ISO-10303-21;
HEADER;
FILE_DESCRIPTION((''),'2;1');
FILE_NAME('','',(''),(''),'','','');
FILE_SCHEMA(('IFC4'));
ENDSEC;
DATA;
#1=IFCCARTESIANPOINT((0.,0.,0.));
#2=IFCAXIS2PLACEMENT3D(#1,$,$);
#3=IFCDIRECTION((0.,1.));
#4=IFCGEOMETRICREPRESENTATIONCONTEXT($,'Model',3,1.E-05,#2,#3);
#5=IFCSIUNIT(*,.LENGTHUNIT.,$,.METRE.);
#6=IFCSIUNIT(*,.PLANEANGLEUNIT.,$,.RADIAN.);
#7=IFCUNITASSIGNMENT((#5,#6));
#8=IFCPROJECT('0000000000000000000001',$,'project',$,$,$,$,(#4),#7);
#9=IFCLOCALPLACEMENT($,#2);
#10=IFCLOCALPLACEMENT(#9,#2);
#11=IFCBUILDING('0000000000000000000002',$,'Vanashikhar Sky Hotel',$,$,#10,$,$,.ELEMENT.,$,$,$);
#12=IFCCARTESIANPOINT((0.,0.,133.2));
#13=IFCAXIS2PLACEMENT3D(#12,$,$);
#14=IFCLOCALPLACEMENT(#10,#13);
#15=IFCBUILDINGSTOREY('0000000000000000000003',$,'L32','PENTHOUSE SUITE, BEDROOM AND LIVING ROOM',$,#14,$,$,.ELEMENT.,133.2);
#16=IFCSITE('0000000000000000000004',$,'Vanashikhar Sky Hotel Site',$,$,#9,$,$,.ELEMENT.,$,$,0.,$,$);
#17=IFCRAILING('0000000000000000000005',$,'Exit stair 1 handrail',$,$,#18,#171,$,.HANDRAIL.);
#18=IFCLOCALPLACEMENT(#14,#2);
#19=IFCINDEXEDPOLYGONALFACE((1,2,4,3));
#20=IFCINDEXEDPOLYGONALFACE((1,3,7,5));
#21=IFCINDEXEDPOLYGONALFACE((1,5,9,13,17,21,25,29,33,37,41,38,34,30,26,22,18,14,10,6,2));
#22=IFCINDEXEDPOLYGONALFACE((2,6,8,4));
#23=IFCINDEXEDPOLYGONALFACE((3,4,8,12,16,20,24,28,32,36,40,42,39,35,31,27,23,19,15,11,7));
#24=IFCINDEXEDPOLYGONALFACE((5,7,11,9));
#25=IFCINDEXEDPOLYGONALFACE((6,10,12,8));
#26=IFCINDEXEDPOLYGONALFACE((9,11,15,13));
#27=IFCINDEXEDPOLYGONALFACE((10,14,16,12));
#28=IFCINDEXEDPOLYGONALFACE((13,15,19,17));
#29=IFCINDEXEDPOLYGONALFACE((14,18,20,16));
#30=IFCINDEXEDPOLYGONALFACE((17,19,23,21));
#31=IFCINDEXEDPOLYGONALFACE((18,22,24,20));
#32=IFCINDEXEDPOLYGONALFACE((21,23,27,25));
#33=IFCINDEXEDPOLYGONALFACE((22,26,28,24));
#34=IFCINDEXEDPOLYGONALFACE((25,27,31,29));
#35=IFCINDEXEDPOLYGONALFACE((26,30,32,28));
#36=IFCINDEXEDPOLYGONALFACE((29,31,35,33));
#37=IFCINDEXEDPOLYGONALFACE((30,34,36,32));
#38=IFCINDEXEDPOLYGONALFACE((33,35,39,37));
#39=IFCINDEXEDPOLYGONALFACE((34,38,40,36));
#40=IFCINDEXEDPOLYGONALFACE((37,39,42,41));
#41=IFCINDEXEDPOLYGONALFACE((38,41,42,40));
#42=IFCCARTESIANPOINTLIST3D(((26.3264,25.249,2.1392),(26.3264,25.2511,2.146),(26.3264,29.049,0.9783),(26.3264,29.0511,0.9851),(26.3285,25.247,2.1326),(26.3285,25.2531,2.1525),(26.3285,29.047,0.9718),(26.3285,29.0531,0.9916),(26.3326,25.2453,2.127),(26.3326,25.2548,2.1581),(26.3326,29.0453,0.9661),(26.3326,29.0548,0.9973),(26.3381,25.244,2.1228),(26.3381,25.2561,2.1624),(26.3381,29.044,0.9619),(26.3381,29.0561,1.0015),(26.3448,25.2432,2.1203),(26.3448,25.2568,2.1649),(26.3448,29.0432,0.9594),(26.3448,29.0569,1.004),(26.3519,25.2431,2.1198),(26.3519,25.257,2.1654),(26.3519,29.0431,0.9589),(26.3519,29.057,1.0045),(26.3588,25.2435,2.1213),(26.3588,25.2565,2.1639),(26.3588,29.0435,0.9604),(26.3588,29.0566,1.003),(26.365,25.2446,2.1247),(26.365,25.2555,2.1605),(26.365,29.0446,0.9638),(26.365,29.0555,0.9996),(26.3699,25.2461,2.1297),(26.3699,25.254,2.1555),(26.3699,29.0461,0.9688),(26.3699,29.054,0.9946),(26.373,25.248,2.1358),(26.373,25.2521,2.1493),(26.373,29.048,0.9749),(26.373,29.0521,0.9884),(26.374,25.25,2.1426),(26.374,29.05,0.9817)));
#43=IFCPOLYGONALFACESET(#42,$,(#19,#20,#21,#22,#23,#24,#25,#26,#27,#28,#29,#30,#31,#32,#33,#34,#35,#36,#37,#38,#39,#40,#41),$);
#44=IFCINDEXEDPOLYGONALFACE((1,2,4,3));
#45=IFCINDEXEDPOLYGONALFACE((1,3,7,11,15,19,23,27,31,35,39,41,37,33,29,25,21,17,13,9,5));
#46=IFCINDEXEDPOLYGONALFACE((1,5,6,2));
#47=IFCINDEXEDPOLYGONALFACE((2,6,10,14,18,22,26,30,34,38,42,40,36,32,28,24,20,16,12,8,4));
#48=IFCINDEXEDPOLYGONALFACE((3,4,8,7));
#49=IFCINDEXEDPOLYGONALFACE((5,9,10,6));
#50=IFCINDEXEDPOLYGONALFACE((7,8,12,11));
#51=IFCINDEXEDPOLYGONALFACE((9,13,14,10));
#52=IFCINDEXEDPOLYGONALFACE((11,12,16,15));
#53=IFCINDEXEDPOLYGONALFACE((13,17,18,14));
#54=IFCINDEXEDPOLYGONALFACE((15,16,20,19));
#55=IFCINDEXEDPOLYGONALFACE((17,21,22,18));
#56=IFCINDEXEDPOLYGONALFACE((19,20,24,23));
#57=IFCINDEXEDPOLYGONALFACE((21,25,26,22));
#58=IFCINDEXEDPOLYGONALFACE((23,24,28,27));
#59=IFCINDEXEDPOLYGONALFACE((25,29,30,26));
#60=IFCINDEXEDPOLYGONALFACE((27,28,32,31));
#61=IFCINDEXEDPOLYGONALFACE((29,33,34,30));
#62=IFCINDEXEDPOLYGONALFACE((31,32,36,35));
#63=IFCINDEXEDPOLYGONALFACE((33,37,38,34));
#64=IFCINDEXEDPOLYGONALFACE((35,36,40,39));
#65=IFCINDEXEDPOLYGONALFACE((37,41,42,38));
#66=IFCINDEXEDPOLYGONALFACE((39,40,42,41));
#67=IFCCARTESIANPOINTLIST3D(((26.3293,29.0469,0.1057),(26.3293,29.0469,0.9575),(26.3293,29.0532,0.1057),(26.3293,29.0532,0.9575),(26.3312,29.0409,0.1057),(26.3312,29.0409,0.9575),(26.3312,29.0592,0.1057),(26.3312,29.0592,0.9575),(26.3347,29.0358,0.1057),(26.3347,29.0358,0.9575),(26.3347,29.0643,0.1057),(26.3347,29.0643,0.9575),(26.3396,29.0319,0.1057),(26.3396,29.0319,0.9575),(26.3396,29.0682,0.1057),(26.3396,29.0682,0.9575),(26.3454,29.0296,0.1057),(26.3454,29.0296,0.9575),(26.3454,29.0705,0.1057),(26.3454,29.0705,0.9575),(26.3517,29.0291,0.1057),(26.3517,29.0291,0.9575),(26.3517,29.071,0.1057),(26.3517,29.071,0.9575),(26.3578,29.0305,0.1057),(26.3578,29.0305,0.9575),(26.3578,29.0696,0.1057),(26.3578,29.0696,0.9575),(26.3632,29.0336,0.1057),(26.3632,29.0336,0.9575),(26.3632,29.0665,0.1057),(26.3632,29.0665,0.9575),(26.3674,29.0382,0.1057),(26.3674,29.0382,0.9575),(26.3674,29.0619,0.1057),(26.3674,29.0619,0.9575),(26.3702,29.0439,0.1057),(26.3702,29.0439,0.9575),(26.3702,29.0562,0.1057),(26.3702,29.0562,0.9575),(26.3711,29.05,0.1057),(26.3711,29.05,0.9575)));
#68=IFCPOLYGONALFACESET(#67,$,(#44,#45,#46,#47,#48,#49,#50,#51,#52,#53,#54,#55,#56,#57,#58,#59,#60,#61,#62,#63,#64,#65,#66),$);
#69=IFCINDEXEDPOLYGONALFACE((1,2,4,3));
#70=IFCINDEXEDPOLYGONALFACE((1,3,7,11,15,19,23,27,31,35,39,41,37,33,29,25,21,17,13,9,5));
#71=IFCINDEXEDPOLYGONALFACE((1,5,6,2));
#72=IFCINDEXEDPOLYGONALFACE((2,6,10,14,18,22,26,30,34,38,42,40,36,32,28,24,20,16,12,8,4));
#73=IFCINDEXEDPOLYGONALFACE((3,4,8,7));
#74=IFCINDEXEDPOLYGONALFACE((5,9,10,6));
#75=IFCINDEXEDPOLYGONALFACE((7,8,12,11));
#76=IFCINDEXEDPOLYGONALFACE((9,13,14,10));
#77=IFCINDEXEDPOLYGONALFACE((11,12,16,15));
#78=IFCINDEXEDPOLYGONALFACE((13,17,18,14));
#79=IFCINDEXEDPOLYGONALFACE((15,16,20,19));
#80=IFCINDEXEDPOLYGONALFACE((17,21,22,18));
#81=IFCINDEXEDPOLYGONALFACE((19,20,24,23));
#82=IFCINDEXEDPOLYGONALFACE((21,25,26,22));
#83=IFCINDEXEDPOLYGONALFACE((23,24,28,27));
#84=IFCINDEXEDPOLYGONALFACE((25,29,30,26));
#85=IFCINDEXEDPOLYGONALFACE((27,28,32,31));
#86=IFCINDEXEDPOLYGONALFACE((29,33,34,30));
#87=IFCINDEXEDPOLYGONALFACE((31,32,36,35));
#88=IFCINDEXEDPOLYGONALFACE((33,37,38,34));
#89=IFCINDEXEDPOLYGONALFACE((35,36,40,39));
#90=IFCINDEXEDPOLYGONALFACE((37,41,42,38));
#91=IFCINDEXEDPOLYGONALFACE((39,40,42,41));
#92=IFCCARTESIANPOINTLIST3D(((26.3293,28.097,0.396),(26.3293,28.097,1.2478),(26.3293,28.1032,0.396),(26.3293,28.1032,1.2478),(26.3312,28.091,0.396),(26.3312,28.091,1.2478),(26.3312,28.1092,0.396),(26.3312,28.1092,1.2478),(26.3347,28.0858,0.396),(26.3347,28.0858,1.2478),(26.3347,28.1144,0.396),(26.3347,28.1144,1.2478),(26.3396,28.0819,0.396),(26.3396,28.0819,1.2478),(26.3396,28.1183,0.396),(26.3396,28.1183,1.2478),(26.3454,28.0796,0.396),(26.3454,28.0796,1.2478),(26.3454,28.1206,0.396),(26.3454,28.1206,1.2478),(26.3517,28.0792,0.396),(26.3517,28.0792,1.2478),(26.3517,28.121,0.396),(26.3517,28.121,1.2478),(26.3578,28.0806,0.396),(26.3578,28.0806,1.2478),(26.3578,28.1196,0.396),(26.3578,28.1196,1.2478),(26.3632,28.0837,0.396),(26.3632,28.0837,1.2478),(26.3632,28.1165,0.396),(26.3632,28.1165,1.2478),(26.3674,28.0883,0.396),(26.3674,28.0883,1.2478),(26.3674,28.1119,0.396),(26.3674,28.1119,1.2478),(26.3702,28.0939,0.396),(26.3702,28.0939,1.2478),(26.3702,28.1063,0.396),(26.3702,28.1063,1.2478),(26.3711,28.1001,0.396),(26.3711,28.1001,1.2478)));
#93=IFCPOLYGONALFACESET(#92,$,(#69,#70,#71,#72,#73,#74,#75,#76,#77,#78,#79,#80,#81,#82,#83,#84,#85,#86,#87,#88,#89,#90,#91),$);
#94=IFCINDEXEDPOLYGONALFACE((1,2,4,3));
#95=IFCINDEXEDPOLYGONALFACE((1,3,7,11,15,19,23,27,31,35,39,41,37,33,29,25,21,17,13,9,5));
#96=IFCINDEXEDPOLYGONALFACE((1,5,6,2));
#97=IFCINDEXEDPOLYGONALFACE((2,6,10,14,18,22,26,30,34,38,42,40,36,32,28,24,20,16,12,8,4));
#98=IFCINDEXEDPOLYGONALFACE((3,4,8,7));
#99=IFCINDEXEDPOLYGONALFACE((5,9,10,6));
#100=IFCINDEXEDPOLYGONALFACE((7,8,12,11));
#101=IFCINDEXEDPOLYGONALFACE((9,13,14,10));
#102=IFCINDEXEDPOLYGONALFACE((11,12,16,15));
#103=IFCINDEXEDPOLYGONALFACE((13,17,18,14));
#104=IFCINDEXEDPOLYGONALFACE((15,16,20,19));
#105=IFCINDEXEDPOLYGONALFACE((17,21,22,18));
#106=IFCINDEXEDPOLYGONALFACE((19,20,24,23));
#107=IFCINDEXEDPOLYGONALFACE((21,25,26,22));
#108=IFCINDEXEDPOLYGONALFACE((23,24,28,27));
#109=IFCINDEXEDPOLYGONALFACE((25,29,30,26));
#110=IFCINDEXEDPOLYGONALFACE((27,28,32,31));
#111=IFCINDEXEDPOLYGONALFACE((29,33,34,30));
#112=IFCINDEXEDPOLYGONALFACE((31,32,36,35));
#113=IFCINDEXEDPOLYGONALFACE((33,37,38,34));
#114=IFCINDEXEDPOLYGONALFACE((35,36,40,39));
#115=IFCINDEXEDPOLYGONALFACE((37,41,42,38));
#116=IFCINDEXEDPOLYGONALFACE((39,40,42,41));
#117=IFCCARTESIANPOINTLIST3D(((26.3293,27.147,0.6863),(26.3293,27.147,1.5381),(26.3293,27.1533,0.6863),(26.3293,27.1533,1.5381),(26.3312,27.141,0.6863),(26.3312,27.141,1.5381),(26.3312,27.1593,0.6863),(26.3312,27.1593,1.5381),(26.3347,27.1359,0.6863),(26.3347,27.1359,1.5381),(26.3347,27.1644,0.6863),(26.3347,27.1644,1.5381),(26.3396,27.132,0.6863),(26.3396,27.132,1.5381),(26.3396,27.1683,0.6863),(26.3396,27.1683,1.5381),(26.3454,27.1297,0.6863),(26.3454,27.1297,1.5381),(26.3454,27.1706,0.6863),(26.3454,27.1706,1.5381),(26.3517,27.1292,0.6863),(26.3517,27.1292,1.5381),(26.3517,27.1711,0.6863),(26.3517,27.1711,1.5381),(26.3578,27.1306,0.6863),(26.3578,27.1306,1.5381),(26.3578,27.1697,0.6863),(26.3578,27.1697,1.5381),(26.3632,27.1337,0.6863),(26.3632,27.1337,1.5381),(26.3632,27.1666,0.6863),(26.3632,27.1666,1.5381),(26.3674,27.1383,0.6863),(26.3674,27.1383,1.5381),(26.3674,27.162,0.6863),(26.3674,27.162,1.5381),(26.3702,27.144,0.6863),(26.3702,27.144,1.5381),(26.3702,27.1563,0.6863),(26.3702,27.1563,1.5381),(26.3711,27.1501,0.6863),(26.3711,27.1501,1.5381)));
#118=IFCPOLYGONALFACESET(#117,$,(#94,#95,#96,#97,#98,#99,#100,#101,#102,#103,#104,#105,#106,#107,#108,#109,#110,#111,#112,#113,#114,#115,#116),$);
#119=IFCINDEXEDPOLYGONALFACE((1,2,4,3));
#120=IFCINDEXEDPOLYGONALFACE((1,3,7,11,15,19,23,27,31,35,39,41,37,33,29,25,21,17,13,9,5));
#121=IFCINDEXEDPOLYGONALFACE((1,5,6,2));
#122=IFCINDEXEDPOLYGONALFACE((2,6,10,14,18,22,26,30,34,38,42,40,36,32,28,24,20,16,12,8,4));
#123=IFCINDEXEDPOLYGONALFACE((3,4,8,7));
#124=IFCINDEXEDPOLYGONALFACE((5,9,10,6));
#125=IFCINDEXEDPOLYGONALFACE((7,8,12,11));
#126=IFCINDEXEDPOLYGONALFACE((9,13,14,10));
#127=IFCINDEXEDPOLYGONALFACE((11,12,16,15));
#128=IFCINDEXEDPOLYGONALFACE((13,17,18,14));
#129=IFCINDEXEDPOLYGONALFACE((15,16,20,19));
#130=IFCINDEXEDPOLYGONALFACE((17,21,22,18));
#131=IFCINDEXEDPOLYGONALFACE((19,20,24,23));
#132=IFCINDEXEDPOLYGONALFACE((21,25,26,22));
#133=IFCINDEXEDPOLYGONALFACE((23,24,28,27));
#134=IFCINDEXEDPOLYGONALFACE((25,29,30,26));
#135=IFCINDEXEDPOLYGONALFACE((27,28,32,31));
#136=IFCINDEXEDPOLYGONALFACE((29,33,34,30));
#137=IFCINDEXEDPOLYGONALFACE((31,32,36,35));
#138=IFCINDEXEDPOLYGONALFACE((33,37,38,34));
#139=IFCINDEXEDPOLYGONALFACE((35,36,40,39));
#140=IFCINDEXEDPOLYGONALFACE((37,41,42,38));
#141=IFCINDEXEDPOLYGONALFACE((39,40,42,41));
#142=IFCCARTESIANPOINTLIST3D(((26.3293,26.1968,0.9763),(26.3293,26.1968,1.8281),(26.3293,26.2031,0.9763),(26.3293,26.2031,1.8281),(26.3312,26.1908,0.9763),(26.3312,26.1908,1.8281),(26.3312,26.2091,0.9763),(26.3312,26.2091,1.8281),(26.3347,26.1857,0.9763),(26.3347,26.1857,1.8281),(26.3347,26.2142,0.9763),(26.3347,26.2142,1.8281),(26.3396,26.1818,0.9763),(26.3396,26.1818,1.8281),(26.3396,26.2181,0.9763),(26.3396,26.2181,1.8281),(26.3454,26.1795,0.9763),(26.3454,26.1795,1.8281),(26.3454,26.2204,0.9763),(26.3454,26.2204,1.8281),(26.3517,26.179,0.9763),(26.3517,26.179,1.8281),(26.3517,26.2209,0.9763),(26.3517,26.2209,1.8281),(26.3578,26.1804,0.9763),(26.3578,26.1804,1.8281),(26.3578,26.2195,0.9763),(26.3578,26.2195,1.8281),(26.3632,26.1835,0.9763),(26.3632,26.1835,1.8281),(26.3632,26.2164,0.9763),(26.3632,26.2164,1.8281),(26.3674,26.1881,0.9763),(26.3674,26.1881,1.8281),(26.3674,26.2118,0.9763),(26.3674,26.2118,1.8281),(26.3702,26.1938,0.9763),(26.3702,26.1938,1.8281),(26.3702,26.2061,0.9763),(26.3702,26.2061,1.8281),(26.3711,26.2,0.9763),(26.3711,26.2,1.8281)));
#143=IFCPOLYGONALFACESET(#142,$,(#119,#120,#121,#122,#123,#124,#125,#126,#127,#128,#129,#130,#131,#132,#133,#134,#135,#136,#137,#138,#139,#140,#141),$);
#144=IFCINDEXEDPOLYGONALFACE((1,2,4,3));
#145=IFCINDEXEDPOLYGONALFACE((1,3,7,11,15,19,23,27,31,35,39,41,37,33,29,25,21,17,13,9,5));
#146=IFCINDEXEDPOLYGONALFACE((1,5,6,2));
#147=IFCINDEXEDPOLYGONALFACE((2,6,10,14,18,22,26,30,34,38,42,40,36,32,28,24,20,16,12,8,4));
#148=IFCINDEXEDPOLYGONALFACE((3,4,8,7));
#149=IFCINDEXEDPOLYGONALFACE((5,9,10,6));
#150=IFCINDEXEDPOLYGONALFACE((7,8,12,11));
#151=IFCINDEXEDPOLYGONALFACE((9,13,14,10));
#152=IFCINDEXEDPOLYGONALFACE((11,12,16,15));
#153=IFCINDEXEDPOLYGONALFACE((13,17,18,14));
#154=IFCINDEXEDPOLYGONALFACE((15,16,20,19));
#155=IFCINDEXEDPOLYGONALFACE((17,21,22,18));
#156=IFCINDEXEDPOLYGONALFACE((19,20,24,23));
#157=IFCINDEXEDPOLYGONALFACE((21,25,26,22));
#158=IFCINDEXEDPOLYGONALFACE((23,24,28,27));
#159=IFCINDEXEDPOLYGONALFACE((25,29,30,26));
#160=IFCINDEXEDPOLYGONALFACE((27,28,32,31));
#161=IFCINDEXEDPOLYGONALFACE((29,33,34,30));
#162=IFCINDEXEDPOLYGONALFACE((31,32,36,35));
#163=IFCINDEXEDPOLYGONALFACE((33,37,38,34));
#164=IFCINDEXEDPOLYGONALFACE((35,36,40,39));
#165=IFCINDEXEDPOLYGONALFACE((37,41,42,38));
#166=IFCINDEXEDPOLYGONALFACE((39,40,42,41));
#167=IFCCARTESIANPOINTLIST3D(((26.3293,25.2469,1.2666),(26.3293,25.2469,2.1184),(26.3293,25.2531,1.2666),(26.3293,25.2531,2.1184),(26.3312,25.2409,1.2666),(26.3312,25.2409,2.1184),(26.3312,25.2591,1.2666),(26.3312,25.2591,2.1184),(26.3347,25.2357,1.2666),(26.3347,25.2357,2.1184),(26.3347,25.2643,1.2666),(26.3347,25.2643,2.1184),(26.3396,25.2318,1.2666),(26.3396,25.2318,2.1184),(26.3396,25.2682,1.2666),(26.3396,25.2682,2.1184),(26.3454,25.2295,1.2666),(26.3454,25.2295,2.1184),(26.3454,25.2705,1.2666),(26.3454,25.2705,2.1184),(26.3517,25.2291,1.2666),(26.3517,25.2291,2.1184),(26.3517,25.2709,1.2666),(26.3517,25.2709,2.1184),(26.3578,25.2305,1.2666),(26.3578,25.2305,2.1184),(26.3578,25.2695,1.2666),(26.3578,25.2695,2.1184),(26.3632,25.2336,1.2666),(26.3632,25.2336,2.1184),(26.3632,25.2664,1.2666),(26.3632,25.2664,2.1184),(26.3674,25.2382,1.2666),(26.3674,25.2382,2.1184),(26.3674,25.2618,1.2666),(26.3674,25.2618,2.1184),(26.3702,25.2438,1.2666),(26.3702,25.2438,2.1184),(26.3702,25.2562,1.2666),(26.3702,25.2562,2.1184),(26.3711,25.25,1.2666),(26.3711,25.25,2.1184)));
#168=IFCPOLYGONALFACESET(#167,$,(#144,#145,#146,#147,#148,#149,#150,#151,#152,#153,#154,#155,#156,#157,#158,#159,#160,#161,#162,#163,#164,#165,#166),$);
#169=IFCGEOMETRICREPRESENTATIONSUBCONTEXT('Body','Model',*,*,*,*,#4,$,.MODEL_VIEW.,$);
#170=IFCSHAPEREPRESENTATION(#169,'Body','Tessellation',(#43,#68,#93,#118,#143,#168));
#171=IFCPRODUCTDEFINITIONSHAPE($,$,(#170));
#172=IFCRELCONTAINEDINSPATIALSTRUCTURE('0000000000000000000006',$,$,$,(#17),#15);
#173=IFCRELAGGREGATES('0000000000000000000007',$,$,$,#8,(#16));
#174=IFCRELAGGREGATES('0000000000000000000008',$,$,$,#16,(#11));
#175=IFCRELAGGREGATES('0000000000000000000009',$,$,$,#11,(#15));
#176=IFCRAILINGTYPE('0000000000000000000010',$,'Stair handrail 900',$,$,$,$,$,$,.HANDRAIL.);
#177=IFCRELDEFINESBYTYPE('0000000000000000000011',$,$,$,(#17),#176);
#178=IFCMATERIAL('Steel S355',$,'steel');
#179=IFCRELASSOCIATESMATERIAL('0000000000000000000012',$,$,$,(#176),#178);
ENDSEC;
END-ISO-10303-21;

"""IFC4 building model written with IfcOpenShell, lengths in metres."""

from ifc_helpers import new_model, si_unit, direction, frame, origin, origin_2d, place, context, subcontext, project, spatial, circle, extrude, source, transform, mapped, material, type_object, element, save


model = new_model("IFC4")

# Units and contexts
model_context = context("Model", 3, precision=1e-05, world=origin(), true_north=direction((0.0, 1.0)))
body_context = subcontext(model_context, "Body", "Model", "MODEL_VIEW")
ifc_project = project(units=[si_unit("LENGTHUNIT", "METRE"), si_unit("PLANEANGLEUNIT", "RADIAN")], contexts=[model_context])

# Site, building, storey
site_placement = place(None, origin())
site = spatial("IfcSite", under=ifc_project, at=site_placement, Name="Vanashikhar Sky Hotel Site", CompositionType="ELEMENT", RefElevation=0.0)
building_placement = place(site_placement, origin())
building = spatial("IfcBuilding", under=site, at=building_placement, Name="Vanashikhar Sky Hotel", CompositionType="ELEMENT")
storey_placement = place(building_placement, frame((0.0, 0.0, 133.2)))
storey = spatial("IfcBuildingStorey", under=building, at=storey_placement, Name="L32", Description="PENTHOUSE SUITE, BEDROOM AND LIVING ROOM", CompositionType="ELEMENT", Elevation=133.2)

# Railing
ifc_material_1 = material(Name="Steel S355", Category="steel")
railing_type = type_object("IfcRailingType", Name="Stair handrail 900", PredefinedType="HANDRAIL", material=ifc_material_1)
shared_shape_1 = source(origin(), body_context, "Body", "SweptSolid", [
    extrude(circle(Radius=0.0239, at=origin_2d()), frame((0.0, 0.0, 0.876), z_axis=(0.0, -0.956368, 0.292164), x_axis=(1.0, 0.0, 0.0)), (0.0, 0.0, 1.0), 3.9734),
    extrude(circle(Radius=0.021, at=origin_2d()), origin(), (0.0, 0.0, 1.0), 0.8518),
    extrude(circle(Radius=0.021, at=origin_2d()), frame((0.0, -0.95, 0.2903)), (0.0, 0.0, 1.0), 0.8518),
    extrude(circle(Radius=0.021, at=origin_2d()), frame((0.0, -1.8999, 0.5806)), (0.0, 0.0, 1.0), 0.8518),
    extrude(circle(Radius=0.021, at=origin_2d()), frame((0.0, -2.8501, 0.8706)), (0.0, 0.0, 1.0), 0.8518),
    extrude(circle(Radius=0.021, at=origin_2d()), frame((0.0, -3.8, 1.1609)), (0.0, 0.0, 1.0), 0.8518),
])
railing_1_placement = place(storey_placement, frame((26.3501, 29.05, 0.1057)))
element("IfcRailing", 1, at=railing_1_placement, inside=storey, type_object=railing_type, Name="Exit stair 1 handrail", PredefinedType="HANDRAIL", context=body_context, shape_type="MappedRepresentation", body=[
    mapped(shared_shape_1, transform((0.0, 0.0, 0.0), scale=1.0)),
])

save(model, "model.ifc")
